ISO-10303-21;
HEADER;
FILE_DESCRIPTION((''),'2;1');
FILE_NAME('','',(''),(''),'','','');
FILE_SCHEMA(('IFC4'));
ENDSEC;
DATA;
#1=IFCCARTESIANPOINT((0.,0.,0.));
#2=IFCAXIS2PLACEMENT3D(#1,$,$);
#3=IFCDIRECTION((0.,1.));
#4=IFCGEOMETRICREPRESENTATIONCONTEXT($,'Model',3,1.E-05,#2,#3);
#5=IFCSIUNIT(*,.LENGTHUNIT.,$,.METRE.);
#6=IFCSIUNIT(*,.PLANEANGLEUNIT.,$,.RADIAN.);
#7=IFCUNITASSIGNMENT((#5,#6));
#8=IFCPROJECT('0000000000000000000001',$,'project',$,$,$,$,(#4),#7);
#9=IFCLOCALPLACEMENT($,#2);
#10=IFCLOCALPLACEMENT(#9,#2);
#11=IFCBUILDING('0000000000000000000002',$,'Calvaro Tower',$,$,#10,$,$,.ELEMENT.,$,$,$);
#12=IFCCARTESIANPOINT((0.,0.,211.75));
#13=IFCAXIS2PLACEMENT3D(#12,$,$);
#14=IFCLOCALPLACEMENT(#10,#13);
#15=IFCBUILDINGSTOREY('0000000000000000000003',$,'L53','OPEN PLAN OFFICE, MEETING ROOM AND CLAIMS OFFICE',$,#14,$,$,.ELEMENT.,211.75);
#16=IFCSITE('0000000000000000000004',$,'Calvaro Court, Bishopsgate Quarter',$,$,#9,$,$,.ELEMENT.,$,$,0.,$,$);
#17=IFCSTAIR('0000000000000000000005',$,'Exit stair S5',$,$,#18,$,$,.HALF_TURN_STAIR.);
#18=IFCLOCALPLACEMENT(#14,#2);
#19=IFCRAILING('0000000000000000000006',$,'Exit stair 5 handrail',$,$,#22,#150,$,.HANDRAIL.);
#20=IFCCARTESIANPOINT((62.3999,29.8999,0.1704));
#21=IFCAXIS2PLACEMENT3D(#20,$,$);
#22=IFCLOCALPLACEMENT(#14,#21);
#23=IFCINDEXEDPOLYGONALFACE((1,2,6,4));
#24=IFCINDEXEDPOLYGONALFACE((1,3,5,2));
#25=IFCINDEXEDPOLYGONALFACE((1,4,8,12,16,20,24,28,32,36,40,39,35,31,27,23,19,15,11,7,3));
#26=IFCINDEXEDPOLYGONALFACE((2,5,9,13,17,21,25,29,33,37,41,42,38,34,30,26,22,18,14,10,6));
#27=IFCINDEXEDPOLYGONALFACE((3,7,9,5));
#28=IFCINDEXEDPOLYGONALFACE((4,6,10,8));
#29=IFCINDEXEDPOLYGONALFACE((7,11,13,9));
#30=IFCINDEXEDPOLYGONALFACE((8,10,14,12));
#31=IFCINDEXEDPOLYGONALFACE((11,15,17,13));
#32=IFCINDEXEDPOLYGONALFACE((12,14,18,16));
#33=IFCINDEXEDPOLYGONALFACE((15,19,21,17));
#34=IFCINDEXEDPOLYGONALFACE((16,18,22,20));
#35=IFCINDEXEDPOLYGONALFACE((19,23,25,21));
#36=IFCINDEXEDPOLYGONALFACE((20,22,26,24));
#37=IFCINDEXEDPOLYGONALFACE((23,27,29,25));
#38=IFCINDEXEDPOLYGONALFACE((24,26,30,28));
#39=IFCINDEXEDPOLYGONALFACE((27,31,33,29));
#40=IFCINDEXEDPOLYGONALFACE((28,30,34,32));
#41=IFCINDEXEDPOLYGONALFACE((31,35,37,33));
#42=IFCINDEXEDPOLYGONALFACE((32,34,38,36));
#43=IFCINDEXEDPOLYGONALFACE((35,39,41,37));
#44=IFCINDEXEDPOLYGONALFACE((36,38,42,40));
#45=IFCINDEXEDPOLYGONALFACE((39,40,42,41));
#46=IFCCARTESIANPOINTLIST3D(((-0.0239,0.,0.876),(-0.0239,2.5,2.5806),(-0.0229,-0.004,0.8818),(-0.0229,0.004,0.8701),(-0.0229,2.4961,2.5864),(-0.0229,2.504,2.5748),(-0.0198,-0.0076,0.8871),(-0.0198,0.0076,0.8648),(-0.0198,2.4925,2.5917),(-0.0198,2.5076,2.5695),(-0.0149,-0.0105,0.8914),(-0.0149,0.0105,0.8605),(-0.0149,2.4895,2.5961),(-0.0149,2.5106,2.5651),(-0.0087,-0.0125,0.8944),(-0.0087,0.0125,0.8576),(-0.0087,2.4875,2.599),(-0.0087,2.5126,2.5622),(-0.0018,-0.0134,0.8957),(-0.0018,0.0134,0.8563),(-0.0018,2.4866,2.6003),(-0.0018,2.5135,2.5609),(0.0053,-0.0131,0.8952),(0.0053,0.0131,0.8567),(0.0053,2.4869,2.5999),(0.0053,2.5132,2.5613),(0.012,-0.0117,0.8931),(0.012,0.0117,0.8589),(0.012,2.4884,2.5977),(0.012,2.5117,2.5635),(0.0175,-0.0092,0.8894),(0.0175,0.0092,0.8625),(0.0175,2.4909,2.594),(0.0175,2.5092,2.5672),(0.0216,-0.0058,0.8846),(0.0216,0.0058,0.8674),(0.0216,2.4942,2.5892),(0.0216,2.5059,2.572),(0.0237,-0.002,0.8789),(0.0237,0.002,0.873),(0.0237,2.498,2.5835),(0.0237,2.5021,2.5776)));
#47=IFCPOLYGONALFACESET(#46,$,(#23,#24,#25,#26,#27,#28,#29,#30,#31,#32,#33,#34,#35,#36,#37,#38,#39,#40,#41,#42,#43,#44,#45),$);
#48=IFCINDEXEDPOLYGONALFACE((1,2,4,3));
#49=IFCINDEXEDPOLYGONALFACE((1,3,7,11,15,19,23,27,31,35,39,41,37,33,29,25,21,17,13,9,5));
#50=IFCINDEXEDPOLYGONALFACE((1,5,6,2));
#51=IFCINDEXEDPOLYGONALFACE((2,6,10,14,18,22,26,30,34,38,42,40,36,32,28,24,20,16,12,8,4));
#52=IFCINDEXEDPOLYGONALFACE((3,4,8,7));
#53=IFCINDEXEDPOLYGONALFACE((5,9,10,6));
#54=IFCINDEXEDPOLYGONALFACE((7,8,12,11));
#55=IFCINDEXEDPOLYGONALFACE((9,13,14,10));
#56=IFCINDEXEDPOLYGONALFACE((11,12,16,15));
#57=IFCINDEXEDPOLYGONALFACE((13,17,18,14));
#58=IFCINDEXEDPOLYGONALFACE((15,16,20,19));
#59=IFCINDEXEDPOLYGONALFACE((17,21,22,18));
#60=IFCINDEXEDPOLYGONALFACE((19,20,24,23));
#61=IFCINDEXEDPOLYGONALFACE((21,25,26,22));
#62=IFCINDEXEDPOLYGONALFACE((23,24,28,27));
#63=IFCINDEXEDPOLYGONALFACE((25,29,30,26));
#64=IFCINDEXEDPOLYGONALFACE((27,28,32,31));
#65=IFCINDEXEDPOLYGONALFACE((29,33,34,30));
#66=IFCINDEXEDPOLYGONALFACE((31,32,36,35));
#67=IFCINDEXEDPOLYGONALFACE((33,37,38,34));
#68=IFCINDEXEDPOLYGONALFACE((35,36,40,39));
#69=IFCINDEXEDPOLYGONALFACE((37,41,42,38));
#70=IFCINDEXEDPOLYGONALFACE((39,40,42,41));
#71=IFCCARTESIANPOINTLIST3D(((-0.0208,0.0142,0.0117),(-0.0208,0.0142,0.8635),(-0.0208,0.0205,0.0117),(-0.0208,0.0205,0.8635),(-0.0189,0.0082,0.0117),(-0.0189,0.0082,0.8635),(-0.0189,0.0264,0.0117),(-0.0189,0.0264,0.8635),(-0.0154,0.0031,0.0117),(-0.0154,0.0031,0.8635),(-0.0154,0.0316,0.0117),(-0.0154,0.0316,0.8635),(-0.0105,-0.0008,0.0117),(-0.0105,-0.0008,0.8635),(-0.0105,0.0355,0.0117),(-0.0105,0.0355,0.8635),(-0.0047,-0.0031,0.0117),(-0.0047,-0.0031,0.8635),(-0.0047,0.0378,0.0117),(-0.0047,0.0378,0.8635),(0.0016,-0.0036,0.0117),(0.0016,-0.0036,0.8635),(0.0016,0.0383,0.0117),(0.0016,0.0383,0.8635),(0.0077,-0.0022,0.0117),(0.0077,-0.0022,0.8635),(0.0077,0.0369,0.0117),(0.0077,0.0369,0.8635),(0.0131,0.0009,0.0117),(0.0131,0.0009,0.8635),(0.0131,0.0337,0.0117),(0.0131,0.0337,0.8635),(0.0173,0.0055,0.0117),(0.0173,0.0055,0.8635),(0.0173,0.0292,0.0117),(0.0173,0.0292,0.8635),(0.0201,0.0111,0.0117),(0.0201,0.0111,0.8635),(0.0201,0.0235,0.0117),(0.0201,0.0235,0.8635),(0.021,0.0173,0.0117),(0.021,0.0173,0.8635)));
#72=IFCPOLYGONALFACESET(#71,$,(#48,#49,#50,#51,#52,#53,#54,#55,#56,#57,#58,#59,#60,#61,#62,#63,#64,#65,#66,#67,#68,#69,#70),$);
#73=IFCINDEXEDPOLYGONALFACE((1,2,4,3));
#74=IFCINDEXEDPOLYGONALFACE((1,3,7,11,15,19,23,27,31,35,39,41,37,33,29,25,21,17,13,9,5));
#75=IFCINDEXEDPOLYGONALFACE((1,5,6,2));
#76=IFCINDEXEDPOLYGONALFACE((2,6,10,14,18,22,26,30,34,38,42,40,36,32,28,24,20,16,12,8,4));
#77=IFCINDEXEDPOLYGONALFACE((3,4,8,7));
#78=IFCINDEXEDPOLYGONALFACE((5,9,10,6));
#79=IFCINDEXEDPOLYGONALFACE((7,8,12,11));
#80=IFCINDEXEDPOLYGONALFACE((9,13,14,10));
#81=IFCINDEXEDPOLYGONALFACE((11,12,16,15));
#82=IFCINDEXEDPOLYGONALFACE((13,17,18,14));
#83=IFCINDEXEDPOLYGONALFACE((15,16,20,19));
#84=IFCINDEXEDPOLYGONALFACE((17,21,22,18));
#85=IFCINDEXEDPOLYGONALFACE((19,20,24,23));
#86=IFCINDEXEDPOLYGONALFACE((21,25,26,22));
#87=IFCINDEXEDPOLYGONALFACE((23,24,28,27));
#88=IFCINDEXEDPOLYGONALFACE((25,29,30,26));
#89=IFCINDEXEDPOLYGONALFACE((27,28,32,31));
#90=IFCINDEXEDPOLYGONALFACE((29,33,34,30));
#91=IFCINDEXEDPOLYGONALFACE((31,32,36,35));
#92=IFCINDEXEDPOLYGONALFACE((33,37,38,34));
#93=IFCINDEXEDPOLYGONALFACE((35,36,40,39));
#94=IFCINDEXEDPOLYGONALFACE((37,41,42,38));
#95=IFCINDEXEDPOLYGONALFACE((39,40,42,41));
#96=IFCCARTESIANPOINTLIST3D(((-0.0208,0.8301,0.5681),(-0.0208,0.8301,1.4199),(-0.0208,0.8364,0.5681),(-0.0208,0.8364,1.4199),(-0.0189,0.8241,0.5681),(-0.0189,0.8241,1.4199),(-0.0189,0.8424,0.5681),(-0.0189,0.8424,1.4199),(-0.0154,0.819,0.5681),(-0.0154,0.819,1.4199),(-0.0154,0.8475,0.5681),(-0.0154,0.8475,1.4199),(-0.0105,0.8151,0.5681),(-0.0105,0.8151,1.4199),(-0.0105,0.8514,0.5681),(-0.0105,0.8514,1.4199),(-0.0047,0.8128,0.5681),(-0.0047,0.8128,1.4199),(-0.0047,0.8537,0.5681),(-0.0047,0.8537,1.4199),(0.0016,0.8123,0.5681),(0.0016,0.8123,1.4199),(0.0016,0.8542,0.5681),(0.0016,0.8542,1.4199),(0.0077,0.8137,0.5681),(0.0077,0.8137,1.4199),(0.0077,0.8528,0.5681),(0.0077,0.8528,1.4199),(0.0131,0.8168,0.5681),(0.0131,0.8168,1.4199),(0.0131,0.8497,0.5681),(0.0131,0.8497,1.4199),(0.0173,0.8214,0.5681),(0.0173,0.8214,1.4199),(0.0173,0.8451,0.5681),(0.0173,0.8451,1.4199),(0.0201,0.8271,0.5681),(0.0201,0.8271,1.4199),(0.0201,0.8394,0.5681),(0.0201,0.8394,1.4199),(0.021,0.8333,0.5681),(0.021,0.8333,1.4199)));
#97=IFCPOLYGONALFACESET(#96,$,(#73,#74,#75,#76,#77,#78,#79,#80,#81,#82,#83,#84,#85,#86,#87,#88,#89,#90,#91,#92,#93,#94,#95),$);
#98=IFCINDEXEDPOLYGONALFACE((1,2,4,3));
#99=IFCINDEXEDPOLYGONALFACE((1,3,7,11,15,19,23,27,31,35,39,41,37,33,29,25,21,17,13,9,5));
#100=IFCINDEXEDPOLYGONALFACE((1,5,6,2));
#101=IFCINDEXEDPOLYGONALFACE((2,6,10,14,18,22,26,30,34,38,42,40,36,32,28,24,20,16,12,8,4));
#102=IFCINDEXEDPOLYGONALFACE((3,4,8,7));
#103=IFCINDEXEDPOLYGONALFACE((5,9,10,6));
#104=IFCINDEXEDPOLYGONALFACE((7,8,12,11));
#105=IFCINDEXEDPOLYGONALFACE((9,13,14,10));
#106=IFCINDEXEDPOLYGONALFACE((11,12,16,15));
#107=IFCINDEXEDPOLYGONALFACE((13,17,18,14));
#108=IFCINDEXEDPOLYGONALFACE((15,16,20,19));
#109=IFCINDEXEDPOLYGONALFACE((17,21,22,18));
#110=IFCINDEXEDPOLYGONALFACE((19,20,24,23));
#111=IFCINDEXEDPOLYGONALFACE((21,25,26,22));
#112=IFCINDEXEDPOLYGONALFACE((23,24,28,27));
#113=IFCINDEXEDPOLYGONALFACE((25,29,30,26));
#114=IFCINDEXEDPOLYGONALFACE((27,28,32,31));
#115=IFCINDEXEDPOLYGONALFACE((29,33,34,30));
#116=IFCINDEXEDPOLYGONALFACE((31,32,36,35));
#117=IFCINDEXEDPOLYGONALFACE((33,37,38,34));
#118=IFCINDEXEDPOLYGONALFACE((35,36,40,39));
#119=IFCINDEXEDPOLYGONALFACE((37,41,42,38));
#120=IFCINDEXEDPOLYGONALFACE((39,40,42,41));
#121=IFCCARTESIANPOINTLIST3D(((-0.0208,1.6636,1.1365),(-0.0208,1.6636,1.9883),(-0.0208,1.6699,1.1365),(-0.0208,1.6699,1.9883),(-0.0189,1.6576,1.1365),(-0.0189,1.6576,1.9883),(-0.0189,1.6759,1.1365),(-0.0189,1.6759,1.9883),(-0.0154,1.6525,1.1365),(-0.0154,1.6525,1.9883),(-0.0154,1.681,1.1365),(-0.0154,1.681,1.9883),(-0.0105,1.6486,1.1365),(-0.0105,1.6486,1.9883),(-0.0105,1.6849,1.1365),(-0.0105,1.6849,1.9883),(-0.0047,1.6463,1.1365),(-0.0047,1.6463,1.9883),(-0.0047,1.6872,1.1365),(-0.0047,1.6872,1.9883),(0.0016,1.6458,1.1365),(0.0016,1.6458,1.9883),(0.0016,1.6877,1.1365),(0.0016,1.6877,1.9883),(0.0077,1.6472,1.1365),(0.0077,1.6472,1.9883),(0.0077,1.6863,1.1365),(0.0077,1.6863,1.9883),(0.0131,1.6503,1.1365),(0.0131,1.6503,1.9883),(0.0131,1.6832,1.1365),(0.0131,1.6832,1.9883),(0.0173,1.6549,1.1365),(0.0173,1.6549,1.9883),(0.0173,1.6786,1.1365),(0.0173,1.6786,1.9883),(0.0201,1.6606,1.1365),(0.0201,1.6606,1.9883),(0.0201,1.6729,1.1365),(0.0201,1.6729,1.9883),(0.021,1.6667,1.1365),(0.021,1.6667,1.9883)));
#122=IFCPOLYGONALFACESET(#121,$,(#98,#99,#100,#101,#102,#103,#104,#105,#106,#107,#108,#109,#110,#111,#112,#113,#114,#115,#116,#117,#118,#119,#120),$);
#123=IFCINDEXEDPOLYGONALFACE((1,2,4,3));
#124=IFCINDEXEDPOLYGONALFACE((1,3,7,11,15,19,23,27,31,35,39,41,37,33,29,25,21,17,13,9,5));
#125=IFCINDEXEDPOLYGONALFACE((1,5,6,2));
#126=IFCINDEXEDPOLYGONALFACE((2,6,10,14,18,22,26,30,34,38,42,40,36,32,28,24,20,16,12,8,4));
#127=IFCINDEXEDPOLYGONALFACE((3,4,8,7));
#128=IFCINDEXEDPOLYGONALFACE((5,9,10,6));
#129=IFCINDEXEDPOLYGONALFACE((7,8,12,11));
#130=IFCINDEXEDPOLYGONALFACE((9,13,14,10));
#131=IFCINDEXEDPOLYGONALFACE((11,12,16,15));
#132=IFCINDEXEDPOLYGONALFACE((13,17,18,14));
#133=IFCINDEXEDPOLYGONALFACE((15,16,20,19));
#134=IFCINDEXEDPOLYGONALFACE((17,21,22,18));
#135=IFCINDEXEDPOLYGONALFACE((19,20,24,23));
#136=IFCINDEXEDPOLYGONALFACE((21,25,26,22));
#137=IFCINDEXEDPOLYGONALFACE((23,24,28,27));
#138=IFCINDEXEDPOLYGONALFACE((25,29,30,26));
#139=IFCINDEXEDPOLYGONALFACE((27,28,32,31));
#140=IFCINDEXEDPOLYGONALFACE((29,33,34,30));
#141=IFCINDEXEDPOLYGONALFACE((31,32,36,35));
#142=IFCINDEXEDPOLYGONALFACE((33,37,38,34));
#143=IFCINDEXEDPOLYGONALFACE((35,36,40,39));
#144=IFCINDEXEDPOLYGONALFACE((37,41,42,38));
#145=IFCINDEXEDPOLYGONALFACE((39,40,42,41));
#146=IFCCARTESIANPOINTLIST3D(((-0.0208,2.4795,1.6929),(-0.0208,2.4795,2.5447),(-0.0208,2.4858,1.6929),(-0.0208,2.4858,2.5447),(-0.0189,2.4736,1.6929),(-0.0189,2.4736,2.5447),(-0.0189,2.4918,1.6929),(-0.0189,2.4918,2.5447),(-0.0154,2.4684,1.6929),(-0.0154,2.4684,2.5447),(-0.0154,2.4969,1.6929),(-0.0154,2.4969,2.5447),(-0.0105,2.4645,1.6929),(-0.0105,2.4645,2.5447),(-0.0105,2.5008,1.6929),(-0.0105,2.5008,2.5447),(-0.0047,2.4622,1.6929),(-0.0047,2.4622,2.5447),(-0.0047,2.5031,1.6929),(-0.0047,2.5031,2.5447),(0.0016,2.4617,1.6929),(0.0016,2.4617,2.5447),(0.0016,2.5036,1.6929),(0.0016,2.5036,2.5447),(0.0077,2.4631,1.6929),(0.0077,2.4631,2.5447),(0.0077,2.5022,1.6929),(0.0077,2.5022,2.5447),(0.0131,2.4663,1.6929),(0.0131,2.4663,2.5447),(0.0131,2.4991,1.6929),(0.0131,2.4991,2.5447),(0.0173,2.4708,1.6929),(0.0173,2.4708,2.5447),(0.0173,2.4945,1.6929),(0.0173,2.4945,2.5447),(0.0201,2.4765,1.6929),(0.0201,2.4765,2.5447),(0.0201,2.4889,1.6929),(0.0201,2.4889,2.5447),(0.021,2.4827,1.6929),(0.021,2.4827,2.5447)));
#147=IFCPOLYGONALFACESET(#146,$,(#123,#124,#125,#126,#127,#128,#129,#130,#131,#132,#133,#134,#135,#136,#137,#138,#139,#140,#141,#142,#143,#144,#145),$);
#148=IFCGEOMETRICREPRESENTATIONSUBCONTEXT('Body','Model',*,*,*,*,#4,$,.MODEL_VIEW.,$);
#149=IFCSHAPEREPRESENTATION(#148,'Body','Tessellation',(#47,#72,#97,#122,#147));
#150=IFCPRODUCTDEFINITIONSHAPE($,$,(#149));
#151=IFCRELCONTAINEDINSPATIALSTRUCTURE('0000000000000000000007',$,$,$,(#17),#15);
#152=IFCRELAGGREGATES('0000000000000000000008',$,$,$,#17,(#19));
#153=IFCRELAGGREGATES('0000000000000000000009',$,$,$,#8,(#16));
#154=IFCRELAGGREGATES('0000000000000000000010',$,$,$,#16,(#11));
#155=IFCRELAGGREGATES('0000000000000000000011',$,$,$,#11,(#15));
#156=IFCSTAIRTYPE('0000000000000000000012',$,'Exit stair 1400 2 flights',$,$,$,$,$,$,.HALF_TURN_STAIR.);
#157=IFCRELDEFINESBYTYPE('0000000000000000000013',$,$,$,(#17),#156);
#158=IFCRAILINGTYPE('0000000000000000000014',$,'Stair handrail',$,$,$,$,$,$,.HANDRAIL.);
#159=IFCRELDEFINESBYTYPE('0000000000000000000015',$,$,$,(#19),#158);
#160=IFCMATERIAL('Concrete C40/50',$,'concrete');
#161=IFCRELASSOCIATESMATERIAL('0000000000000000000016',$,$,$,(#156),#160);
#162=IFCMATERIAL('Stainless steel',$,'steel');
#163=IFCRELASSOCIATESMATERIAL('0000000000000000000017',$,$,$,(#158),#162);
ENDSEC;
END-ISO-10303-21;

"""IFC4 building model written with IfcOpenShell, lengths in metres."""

from ifc_helpers import new_model, si_unit, direction, frame, origin, origin_2d, place, context, subcontext, project, spatial, circle, extrude, material, type_object, element, aggregate, save


model = new_model("IFC4")

# Units and contexts
model_context = context("Model", 3, precision=1e-05, world=origin(), true_north=direction((0.0, 1.0)))
body_context = subcontext(model_context, "Body", "Model", "MODEL_VIEW")
ifc_project = project(units=[si_unit("LENGTHUNIT", "METRE"), si_unit("PLANEANGLEUNIT", "RADIAN")], contexts=[model_context])

# Site, building, storey
site_placement = place(None, origin())
site = spatial("IfcSite", under=ifc_project, at=site_placement, Name="Calvaro Court, Bishopsgate Quarter", CompositionType="ELEMENT", RefElevation=0.0)
building_placement = place(site_placement, origin())
building = spatial("IfcBuilding", under=site, at=building_placement, Name="Calvaro Tower", CompositionType="ELEMENT")
storey_placement = place(building_placement, frame((0.0, 0.0, 211.75)))
storey = spatial("IfcBuildingStorey", under=building, at=storey_placement, Name="L53", Description="OPEN PLAN OFFICE, MEETING ROOM AND CLAIMS OFFICE", CompositionType="ELEMENT", Elevation=211.75)

# Stair
ifc_material_1 = material(Name="Concrete C40/50", Category="concrete")
stair_type = type_object("IfcStairType", Name="Exit stair 1400 2 flights", PredefinedType="HALF_TURN_STAIR", material=ifc_material_1)
stair_1_placement = place(storey_placement, origin())
stair_1 = element("IfcStair", 1, at=stair_1_placement, inside=storey, type_object=stair_type, Name="Exit stair S5", PredefinedType="HALF_TURN_STAIR")

# Railing
ifc_material_2 = material(Name="Stainless steel", Category="steel")
railing_type = type_object("IfcRailingType", Name="Stair handrail", PredefinedType="HANDRAIL", material=ifc_material_2)
railing_1_placement = place(storey_placement, frame((62.3999, 29.8999, 0.1704)))
railing_1 = element("IfcRailing", 2, at=railing_1_placement, type_object=railing_type, Name="Exit stair 5 handrail", PredefinedType="HANDRAIL", context=body_context, shape_type="SweptSolid", body=[
    extrude(circle(Radius=0.0239, at=origin_2d()), frame((0.0, 0.0, 0.876), z_axis=(0.0, 0.826221, 0.563347), x_axis=(-1.0, 0.0, 0.0)), (0.0, 0.0, 1.0), 3.0259),
    extrude(circle(Radius=0.021, at=origin_2d()), frame((0.0, 0.0173, 0.0117)), (0.0, 0.0, 1.0), 0.8518),
    extrude(circle(Radius=0.021, at=origin_2d()), frame((0.0, 0.8333, 0.5681)), (0.0, 0.0, 1.0), 0.8518),
    extrude(circle(Radius=0.021, at=origin_2d()), frame((0.0, 1.6667, 1.1365)), (0.0, 0.0, 1.0), 0.8518),
    extrude(circle(Radius=0.021, at=origin_2d()), frame((0.0, 2.4827, 1.6929)), (0.0, 0.0, 1.0), 0.8518),
])
aggregate(stair_1, [railing_1])

save(model, "model.ifc")
